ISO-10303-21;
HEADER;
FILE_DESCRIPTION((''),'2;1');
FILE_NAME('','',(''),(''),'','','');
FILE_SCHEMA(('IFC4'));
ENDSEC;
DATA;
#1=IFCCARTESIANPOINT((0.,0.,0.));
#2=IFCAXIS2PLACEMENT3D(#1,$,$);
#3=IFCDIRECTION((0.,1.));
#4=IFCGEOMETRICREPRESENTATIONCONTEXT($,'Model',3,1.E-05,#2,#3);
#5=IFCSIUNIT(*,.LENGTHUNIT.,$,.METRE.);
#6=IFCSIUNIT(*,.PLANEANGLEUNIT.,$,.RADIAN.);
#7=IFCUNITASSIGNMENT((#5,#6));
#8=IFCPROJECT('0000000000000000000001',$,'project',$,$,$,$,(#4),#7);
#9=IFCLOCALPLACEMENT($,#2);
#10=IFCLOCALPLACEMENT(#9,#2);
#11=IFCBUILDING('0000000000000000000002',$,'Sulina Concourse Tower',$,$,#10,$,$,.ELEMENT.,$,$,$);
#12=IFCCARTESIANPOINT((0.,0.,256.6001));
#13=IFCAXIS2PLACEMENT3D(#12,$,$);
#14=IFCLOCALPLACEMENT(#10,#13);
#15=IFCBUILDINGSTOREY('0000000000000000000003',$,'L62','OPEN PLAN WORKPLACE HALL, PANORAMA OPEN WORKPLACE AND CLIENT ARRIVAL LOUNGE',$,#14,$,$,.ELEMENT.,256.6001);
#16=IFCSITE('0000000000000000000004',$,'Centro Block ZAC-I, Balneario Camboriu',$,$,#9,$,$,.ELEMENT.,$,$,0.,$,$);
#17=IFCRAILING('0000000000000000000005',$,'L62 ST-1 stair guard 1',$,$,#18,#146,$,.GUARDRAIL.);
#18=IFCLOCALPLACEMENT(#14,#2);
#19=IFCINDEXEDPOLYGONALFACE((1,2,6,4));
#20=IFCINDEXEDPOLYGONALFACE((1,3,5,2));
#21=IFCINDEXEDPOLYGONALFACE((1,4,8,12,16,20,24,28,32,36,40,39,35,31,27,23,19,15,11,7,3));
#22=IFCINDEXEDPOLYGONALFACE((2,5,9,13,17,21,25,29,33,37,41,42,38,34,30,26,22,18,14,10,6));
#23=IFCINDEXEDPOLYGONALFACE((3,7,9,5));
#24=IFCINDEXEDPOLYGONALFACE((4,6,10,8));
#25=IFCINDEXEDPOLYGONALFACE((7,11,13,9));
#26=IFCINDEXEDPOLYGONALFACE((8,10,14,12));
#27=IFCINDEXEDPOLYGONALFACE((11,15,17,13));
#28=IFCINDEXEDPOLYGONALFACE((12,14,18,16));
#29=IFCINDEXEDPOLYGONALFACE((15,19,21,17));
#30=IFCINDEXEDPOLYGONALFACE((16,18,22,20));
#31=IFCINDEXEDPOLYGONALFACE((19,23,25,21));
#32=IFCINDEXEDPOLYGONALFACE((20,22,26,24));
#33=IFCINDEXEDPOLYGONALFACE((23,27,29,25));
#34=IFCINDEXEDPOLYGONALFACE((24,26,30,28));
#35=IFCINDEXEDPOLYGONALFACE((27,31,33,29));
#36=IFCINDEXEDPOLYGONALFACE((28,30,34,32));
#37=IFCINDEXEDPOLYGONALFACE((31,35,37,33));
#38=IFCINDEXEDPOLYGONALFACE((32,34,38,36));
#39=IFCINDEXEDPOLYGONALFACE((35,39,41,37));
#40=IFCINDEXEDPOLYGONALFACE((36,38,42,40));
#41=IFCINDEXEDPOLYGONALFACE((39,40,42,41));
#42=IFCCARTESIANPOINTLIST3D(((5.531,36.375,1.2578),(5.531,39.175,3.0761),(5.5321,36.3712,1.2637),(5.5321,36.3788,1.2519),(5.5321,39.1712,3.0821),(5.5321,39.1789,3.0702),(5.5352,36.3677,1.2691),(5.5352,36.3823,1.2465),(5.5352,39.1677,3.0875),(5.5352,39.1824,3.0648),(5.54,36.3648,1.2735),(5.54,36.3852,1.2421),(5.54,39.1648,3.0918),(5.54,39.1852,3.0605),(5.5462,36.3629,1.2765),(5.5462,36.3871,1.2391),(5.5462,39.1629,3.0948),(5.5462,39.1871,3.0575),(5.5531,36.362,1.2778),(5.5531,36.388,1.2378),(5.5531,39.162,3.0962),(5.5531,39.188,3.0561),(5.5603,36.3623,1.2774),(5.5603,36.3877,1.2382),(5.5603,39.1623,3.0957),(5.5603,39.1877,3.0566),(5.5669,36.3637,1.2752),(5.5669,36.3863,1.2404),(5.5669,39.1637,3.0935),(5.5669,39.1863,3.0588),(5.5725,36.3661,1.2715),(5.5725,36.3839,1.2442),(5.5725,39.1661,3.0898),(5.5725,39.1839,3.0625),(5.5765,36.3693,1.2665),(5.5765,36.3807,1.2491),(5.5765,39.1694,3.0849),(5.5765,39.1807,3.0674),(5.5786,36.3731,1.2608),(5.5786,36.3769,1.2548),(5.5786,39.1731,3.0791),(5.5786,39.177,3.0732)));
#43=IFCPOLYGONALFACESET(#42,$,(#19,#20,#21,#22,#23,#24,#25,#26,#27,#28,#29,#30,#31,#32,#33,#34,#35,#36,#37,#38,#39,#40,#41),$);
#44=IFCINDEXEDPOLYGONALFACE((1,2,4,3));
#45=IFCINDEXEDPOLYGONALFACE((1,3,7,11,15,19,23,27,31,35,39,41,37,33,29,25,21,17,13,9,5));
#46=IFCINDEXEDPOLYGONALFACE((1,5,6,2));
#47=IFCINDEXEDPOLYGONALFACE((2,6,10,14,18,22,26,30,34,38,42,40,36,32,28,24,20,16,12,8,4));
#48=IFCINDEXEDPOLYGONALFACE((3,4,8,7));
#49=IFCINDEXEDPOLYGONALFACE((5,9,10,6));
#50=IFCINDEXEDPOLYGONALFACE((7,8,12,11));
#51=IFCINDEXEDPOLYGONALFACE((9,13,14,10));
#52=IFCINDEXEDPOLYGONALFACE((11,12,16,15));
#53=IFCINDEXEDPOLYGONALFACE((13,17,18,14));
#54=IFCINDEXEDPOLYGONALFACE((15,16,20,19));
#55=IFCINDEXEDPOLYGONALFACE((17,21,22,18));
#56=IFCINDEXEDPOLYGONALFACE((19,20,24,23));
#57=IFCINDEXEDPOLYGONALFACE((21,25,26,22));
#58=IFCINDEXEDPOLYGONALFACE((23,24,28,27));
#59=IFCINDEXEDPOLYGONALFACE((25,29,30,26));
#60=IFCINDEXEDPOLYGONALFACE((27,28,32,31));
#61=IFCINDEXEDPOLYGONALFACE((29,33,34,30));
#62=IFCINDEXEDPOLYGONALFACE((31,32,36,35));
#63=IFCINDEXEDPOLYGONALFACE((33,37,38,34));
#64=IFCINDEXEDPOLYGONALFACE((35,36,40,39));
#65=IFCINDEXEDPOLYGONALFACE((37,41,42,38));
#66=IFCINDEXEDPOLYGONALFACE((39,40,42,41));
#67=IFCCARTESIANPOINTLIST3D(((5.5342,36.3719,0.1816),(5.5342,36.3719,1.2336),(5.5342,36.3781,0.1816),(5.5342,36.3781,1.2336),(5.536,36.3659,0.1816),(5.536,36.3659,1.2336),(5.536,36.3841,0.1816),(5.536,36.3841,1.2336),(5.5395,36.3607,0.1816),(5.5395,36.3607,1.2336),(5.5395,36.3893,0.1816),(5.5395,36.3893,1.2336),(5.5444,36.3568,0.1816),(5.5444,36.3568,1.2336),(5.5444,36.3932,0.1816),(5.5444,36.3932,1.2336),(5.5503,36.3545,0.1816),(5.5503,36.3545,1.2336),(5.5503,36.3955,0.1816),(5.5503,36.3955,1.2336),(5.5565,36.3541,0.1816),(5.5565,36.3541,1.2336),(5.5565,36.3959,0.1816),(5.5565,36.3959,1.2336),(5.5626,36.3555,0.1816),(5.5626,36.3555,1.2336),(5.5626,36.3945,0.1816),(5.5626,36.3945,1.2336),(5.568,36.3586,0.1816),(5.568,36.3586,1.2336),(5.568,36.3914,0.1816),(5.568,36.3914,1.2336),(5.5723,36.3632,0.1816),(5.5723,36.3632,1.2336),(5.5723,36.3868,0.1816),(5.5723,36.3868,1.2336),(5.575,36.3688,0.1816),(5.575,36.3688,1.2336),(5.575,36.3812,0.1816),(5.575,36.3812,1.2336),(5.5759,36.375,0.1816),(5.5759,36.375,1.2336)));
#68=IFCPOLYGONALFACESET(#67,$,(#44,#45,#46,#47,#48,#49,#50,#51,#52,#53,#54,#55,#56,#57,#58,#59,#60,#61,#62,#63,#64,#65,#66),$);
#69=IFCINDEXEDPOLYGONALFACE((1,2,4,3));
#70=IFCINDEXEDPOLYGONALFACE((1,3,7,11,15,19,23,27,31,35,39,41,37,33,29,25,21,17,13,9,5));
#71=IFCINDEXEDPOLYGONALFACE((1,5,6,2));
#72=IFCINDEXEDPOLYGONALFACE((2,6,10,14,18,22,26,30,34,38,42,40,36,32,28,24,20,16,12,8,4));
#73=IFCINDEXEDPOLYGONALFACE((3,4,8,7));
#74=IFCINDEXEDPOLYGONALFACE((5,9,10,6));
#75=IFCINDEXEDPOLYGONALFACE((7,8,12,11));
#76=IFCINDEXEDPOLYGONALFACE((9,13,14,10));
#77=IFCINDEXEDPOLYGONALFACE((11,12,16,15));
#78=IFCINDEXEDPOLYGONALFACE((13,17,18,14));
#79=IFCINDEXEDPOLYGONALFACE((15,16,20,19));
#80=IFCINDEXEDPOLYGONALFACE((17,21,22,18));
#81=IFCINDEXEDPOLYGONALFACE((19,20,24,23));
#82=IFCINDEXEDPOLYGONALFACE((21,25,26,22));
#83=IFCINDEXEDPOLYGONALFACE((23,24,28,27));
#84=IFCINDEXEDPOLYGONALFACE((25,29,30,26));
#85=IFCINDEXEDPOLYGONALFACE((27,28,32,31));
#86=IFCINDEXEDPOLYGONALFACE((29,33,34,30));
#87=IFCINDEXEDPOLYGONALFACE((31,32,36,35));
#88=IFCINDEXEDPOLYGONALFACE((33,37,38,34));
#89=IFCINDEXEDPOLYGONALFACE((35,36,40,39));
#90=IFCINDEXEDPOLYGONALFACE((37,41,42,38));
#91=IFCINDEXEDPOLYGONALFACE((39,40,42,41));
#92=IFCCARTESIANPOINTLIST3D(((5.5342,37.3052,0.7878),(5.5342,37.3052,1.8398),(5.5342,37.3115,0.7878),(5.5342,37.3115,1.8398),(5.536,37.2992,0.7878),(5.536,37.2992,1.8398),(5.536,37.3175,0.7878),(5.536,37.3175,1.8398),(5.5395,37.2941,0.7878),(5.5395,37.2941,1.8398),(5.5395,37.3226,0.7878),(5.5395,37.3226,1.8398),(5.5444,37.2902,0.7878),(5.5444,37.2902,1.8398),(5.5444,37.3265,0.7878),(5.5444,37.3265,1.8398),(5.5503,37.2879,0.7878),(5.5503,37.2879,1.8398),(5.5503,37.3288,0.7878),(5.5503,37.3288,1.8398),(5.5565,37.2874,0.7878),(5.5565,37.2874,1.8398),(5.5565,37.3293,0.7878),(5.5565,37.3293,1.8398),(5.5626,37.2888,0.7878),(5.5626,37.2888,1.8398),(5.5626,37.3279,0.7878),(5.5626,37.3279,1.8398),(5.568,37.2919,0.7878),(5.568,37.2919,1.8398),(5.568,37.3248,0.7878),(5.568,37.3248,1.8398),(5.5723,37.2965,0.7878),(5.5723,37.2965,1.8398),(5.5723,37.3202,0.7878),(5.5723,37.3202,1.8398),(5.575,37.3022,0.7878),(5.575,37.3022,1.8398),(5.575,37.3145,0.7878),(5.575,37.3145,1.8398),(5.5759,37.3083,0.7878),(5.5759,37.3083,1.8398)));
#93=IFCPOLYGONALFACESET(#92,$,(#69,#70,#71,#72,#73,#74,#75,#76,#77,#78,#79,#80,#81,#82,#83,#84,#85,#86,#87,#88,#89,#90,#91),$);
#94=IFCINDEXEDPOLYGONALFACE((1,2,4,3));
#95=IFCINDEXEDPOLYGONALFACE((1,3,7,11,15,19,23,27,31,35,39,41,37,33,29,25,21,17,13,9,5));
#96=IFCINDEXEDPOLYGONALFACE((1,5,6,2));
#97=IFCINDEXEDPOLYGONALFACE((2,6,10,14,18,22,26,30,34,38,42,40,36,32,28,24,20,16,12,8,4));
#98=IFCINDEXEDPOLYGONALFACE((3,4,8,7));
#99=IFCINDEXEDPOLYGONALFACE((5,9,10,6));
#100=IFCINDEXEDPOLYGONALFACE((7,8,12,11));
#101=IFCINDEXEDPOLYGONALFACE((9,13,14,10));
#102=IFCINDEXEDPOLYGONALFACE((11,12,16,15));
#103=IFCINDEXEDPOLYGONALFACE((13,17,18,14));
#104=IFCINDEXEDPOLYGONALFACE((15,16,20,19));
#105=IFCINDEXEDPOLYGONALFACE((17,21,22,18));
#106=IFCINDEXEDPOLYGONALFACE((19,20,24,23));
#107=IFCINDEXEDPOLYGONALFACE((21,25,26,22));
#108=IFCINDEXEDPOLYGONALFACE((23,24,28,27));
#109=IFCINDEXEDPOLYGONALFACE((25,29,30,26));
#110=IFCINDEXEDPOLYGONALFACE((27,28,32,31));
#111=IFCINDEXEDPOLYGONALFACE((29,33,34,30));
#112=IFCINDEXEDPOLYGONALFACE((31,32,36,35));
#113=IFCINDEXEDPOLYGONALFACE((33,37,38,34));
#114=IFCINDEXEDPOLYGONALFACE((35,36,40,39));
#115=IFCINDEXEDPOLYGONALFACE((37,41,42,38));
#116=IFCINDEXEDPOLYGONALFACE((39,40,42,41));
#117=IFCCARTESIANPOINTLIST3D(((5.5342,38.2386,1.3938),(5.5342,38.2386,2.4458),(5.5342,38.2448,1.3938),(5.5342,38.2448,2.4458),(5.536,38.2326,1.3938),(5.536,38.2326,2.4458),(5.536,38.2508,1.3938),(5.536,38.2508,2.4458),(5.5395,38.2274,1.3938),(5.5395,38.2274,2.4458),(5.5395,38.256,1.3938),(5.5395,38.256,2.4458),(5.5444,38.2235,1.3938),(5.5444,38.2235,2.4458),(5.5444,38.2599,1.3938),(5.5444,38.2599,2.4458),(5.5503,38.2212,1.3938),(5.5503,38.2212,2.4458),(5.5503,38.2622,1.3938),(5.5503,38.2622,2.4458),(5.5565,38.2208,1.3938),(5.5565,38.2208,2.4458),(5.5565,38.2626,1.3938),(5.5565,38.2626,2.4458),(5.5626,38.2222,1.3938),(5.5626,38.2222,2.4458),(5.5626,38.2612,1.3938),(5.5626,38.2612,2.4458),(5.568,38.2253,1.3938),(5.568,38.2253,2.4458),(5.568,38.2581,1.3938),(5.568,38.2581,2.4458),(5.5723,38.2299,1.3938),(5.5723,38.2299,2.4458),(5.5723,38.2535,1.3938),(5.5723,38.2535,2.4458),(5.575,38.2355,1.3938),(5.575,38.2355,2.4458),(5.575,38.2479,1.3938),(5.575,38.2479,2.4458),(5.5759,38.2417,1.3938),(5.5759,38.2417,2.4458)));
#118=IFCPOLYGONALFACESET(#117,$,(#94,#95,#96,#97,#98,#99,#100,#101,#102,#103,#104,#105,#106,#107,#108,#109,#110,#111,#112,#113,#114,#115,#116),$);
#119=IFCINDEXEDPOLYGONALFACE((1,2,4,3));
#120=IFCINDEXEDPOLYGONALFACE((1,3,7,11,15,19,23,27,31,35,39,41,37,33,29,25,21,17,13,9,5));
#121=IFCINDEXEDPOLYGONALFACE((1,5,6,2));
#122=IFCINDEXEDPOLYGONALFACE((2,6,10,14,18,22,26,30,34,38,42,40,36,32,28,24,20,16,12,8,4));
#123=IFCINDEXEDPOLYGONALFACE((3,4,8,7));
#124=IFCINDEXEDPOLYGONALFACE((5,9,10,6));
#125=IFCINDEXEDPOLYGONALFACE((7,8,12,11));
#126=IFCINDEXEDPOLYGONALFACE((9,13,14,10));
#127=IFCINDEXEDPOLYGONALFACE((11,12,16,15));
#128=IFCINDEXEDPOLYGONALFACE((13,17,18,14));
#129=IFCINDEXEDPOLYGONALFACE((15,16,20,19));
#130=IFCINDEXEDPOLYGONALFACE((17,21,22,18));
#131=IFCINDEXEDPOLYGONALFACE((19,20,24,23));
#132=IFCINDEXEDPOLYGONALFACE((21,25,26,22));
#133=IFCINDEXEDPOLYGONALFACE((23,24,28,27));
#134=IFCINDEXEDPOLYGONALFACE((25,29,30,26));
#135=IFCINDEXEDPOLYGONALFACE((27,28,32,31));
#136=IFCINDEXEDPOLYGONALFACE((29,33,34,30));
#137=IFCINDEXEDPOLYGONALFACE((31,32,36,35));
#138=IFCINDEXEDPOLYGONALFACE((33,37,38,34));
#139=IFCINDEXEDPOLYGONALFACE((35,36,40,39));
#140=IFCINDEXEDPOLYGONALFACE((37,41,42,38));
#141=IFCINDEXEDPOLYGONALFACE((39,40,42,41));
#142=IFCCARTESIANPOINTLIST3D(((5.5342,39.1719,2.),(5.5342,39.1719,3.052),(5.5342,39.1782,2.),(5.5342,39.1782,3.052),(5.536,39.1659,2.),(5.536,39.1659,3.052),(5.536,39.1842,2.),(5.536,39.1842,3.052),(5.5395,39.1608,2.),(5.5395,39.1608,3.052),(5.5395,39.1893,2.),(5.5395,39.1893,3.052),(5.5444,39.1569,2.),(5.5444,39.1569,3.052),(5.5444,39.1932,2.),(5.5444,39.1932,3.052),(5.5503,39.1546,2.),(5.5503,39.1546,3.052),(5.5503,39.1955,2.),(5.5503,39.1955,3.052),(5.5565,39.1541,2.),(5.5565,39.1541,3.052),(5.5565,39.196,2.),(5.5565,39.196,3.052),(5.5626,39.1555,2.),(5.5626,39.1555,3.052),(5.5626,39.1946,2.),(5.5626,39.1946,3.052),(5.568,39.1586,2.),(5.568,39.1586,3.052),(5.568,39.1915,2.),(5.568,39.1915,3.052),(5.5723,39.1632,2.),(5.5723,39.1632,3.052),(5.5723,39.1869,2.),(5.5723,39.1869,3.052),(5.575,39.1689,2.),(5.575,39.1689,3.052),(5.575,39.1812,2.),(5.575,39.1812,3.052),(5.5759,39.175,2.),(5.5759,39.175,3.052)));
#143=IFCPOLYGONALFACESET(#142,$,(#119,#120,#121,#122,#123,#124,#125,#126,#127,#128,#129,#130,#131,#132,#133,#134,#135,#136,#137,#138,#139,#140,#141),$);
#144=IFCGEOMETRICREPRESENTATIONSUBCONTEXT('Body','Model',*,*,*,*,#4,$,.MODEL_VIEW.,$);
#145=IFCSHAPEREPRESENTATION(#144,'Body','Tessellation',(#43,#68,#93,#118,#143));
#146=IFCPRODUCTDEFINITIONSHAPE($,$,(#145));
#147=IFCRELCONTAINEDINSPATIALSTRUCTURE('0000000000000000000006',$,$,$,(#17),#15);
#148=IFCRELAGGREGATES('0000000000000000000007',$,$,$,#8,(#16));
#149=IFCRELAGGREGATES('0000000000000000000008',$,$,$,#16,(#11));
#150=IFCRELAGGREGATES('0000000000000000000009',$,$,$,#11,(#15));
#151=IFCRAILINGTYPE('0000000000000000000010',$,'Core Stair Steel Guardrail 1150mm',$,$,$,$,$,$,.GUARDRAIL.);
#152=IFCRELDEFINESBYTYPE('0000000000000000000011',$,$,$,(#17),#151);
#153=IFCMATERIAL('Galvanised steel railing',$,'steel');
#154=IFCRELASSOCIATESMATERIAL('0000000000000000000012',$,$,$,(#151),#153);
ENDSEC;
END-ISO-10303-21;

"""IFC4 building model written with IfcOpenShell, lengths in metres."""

from ifc_helpers import new_model, si_unit, direction, frame, origin, origin_2d, place, context, subcontext, project, spatial, circle, extrude, material, type_object, element, save


model = new_model("IFC4")

# Units and contexts
model_context = context("Model", 3, precision=1e-05, world=origin(), true_north=direction((0.0, 1.0)))
body_context = subcontext(model_context, "Body", "Model", "MODEL_VIEW")
ifc_project = project(units=[si_unit("LENGTHUNIT", "METRE"), si_unit("PLANEANGLEUNIT", "RADIAN")], contexts=[model_context])

# Site, building, storey
site_placement = place(None, origin())
site = spatial("IfcSite", under=ifc_project, at=site_placement, Name="Centro Block ZAC-I, Balneario Camboriu", CompositionType="ELEMENT", RefElevation=0.0)
building_placement = place(site_placement, origin())
building = spatial("IfcBuilding", under=site, at=building_placement, Name="Sulina Concourse Tower", CompositionType="ELEMENT")
storey_placement = place(building_placement, frame((0.0, 0.0, 256.6001)))
storey = spatial("IfcBuildingStorey", under=building, at=storey_placement, Name="L62", Description="OPEN PLAN WORKPLACE HALL, PANORAMA OPEN WORKPLACE AND CLIENT ARRIVAL LOUNGE", CompositionType="ELEMENT", Elevation=256.6001)

# Railing
ifc_material_1 = material(Name="Galvanised steel railing", Category="steel")
railing_type_1 = type_object("IfcRailingType", Name="Core Stair Steel Guardrail 1150mm", PredefinedType="GUARDRAIL", material=ifc_material_1)
railing_1_placement = place(storey_placement, frame((5.5549, 36.375, 0.1816)))
element("IfcRailing", 1, at=railing_1_placement, inside=storey, type_object=railing_type_1, Name="L62 ST-1 stair guard 1", PredefinedType="GUARDRAIL", context=body_context, shape_type="SweptSolid", body=[
    extrude(circle(Radius=0.0239, at=origin_2d()), frame((0.0, 0.0, 1.0762), z_axis=(0.0, 0.838672, 0.544636), x_axis=(-1.0, 0.0, 0.0)), (0.0, 0.0, 1.0), 3.3386),
    extrude(circle(Radius=0.021, at=origin_2d()), origin(), (0.0, 0.0, 1.0), 1.052),
    extrude(circle(Radius=0.021, at=origin_2d()), frame((0.0, 0.9333, 0.6062)), (0.0, 0.0, 1.0), 1.052),
    extrude(circle(Radius=0.021, at=origin_2d()), frame((0.0, 1.8667, 1.2122)), (0.0, 0.0, 1.0), 1.052),
    extrude(circle(Radius=0.021, at=origin_2d()), frame((0.0, 2.8, 1.8184)), (0.0, 0.0, 1.0), 1.052),
])

save(model, "model.ifc")
